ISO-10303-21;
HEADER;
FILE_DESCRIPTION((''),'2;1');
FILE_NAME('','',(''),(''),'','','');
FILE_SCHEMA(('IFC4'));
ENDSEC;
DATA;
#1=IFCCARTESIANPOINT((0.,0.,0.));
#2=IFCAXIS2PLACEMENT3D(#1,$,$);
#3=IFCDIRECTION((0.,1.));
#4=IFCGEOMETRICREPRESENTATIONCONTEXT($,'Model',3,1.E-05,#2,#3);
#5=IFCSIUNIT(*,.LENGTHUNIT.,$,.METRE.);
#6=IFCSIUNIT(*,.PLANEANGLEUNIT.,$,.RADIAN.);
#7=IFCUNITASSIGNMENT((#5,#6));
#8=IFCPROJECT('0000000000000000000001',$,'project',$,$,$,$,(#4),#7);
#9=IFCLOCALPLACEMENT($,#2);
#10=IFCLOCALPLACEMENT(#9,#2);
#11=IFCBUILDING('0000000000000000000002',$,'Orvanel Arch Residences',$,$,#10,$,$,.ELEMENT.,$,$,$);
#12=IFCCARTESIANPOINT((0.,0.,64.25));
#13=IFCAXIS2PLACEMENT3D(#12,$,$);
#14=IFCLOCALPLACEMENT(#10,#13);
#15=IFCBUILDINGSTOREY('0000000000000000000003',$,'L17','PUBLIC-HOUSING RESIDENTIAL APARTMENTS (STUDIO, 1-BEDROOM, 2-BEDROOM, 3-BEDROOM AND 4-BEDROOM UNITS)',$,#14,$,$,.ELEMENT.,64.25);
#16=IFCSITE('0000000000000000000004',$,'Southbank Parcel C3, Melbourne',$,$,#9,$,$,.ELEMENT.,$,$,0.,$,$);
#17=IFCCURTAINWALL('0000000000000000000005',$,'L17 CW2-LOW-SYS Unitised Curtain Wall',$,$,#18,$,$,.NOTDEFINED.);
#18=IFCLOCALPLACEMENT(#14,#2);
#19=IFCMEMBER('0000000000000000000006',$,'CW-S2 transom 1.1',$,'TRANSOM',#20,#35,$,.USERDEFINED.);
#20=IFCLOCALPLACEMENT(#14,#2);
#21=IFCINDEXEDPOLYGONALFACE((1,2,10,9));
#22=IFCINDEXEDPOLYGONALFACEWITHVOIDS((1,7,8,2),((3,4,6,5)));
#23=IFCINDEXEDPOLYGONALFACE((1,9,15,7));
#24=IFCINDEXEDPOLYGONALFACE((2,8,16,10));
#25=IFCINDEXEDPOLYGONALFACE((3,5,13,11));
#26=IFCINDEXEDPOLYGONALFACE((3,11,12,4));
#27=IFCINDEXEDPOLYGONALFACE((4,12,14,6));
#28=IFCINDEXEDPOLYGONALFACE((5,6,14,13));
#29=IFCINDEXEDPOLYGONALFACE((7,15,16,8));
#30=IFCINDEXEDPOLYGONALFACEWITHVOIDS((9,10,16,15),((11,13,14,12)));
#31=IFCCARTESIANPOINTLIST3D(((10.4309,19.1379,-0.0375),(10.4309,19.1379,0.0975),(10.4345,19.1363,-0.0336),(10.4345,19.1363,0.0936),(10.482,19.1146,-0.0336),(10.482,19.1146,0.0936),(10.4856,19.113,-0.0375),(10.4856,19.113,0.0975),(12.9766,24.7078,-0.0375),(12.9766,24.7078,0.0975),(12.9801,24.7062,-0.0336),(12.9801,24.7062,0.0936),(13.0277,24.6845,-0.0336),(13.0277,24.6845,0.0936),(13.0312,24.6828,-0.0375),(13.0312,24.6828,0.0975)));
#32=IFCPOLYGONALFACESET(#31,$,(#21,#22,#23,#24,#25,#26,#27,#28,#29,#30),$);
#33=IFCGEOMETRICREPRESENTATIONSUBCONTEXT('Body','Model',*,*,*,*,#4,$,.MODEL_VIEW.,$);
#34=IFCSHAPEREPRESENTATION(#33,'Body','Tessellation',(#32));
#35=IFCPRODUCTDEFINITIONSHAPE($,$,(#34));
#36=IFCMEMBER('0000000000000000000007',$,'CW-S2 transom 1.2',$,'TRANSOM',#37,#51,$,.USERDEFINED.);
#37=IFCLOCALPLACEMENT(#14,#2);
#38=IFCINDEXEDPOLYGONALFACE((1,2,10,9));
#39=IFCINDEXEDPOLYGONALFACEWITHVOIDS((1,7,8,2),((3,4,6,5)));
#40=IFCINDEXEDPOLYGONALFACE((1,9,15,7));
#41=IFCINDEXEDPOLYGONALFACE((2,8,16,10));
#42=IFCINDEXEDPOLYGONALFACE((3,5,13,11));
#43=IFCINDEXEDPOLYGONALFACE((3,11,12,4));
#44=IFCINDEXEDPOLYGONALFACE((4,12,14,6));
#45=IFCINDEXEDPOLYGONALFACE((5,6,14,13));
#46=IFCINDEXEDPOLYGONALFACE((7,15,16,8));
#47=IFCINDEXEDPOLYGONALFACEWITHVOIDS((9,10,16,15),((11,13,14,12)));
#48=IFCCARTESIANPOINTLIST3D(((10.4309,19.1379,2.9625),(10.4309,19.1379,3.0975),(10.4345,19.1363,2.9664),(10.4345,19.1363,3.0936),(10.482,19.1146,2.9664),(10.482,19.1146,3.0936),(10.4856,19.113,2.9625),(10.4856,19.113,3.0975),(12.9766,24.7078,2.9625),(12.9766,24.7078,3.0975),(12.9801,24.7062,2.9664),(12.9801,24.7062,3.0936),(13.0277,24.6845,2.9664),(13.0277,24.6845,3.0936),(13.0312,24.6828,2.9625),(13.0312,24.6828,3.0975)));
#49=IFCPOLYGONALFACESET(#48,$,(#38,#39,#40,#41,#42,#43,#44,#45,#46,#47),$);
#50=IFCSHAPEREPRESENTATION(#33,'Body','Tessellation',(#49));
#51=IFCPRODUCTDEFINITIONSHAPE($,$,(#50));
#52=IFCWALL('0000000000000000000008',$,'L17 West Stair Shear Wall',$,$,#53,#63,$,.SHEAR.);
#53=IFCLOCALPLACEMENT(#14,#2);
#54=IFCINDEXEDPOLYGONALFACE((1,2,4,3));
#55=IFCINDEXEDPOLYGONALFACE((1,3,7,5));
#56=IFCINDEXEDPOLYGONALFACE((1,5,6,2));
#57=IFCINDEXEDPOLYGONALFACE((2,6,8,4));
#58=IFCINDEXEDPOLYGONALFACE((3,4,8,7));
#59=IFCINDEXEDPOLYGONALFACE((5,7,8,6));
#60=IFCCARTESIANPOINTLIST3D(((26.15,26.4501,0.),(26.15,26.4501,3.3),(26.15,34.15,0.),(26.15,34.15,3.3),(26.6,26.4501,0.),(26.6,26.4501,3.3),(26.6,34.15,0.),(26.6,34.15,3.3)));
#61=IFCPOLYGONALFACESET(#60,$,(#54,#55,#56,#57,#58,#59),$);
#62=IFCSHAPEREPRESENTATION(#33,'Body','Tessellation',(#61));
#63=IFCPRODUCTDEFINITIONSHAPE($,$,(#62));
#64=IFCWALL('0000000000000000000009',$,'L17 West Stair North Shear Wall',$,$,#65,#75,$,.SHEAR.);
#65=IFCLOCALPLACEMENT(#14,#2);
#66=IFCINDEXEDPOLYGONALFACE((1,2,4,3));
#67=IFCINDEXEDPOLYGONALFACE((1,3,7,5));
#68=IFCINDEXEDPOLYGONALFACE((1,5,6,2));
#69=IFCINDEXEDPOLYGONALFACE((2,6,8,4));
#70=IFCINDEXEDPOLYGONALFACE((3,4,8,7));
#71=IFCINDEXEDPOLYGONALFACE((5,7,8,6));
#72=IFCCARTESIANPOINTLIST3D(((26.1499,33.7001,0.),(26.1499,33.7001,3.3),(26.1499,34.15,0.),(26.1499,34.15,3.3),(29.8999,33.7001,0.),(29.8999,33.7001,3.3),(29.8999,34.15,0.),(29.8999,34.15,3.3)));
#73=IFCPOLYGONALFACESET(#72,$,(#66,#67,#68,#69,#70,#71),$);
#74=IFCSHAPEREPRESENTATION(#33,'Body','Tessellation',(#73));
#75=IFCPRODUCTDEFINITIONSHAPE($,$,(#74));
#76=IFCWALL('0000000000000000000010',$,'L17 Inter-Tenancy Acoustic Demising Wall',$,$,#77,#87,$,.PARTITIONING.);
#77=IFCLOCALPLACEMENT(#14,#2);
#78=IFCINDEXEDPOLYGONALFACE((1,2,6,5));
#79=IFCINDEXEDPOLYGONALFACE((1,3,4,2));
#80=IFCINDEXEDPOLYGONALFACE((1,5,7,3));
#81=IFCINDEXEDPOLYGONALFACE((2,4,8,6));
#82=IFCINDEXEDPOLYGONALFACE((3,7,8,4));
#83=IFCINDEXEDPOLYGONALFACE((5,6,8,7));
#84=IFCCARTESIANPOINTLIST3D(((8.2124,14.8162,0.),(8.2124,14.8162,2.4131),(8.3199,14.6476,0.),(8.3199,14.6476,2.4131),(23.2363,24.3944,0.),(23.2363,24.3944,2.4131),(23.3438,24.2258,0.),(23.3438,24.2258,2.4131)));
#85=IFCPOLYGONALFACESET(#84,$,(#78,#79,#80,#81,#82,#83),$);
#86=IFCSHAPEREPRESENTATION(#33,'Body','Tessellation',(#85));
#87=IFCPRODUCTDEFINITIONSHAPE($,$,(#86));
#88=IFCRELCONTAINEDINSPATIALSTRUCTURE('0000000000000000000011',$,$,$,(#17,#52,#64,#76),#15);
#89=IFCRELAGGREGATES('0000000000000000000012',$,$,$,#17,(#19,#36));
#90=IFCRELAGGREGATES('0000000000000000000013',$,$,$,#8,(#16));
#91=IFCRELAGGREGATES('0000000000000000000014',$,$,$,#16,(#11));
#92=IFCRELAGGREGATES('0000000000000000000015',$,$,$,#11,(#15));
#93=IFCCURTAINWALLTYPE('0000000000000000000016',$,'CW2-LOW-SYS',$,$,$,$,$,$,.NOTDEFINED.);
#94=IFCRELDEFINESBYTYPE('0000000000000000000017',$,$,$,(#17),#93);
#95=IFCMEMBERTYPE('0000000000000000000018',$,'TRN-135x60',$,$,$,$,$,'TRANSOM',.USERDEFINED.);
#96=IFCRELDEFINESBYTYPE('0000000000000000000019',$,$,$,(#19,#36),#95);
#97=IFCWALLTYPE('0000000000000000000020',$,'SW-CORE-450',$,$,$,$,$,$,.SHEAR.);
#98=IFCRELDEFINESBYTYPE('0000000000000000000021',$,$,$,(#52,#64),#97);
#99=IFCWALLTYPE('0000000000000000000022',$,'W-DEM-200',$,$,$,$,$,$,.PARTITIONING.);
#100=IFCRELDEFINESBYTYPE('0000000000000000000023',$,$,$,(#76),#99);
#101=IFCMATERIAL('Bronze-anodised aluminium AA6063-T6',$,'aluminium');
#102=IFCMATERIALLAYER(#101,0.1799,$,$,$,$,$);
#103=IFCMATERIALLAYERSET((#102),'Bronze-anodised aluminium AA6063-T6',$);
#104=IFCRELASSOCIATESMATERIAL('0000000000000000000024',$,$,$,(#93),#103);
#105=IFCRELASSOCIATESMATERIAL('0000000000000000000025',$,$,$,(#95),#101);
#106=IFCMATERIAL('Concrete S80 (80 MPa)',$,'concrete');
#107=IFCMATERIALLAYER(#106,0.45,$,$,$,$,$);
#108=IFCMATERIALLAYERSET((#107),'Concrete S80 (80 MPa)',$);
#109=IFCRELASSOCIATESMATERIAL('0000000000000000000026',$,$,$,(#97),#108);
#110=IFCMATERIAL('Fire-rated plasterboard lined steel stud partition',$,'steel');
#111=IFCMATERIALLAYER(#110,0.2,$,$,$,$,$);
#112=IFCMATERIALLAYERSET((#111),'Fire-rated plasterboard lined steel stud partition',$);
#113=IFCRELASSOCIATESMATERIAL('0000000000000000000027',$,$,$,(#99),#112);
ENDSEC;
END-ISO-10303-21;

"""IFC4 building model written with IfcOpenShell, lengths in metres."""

from ifc_helpers import new_model, si_unit, direction, frame, frame_2d, origin, origin_2d, place, context, subcontext, project, spatial, rectangle, hollow_rectangle, extrude, material, layer, layer_set, material_profile, profile_set, type_object, element, aggregate, save


model = new_model("IFC4")

# Units and contexts
model_context = context("Model", 3, precision=1e-05, world=origin(), true_north=direction((0.0, 1.0)))
body_context = subcontext(model_context, "Body", "Model", "MODEL_VIEW")
ifc_project = project(units=[si_unit("LENGTHUNIT", "METRE"), si_unit("PLANEANGLEUNIT", "RADIAN")], contexts=[model_context])

# Site, building, storey
site_placement = place(None, origin())
site = spatial("IfcSite", under=ifc_project, at=site_placement, Name="Southbank Parcel C3, Melbourne", CompositionType="ELEMENT", RefElevation=0.0)
building_placement = place(site_placement, origin())
building = spatial("IfcBuilding", under=site, at=building_placement, Name="Orvanel Arch Residences", CompositionType="ELEMENT")
storey_placement = place(building_placement, frame((0.0, 0.0, 64.25)))
storey = spatial("IfcBuildingStorey", under=building, at=storey_placement, Name="L17", Description="PUBLIC-HOUSING RESIDENTIAL APARTMENTS (STUDIO, 1-BEDROOM, 2-BEDROOM, 3-BEDROOM AND 4-BEDROOM UNITS)", CompositionType="ELEMENT", Elevation=64.25)

# Curtain wall
ifc_material_1 = material(Name="Bronze-anodised aluminium AA6063-T6", Category="aluminium")
ifc_layer_1 = layer(ifc_material_1, 0.1799)
ifc_layer_set_1 = layer_set([ifc_layer_1], Name="Bronze-anodised aluminium AA6063-T6")
curtain_wall_type = type_object("IfcCurtainWallType", Name="CW2-LOW-SYS", PredefinedType="NOTDEFINED", material=ifc_layer_set_1)
curtain_wall_placement = place(storey_placement, origin())
curtain_wall = element("IfcCurtainWall", 1, at=curtain_wall_placement, inside=storey, type_object=curtain_wall_type, Name="L17 CW2-LOW-SYS Unitised Curtain Wall", PredefinedType="NOTDEFINED")

# Members
ifc_material_profile_1 = material_profile(ifc_material_1, hollow_rectangle(XDim=0.0601, YDim=0.135, WallThickness=0.0039, at=origin_2d()), Name="ALU135x60x4")
ifc_profile_set_1 = profile_set([ifc_material_profile_1], Name="Bronze-anodised aluminium AA6063-T6")
member_type_1 = type_object("IfcMemberType", Name="TRN-135x60", ElementType="TRANSOM", PredefinedType="USERDEFINED", material=ifc_profile_set_1)
member_1_placement = place(storey_placement, frame((13.0039, 24.6953, 0.03), z_axis=(-0.415685, -0.909508, 0.0), x_axis=(0.909508, -0.415685, 0.0)))
member_1 = element("IfcMember", 2, at=member_1_placement, type_object=member_type_1, Name="CW-S2 transom 1.1", ObjectType="TRANSOM", PredefinedType="USERDEFINED", context=body_context, shape_type="SweptSolid", body=[
    extrude(hollow_rectangle(XDim=0.0601, YDim=0.135, WallThickness=0.0039, at=origin_2d()), origin(), (0.0, 0.0, 1.0), 6.124),
])
member_2_placement = place(storey_placement, frame((13.0039, 24.6953, 3.03), z_axis=(-0.415685, -0.909508, 0.0), x_axis=(0.909508, -0.415685, 0.0)))
member_2 = element("IfcMember", 3, at=member_2_placement, type_object=member_type_1, Name="CW-S2 transom 1.2", ObjectType="TRANSOM", PredefinedType="USERDEFINED", context=body_context, shape_type="SweptSolid", body=[
    extrude(hollow_rectangle(XDim=0.0601, YDim=0.135, WallThickness=0.0039, at=origin_2d()), origin(), (0.0, 0.0, 1.0), 6.124),
])
aggregate(curtain_wall, [member_1, member_2])

# Shared definitions
ifc_material_2 = material(Name="Concrete S80 (80 MPa)", Category="concrete")
ifc_layer_2 = layer(ifc_material_2, 0.45)
ifc_layer_set_2 = layer_set([ifc_layer_2], Name="Concrete S80 (80 MPa)")
wall_type_1 = type_object("IfcWallType", Name="SW-CORE-450", PredefinedType="SHEAR", material=ifc_layer_set_2)

# Walls
wall_1_placement = place(storey_placement, frame((26.375, 26.45, 0.0), z_axis=(0.0, 0.0, 1.0), x_axis=(0.0, 1.0, 0.0)))
element("IfcWall", 4, at=wall_1_placement, inside=storey, type_object=wall_type_1, Name="L17 West Stair Shear Wall", PredefinedType="SHEAR", context=body_context, shape_type="SweptSolid", body=[
    extrude(rectangle(XDim=7.7, YDim=0.45, at=frame_2d((3.8501, 0.0))), origin(), (0.0, 0.0, 1.0), 3.3),
])
wall_2_placement = place(storey_placement, frame((26.1499, 33.925, 0.0), z_axis=(0.0, 0.0, 1.0), x_axis=(1.0, 0.0, 0.0)))
element("IfcWall", 5, at=wall_2_placement, inside=storey, type_object=wall_type_1, Name="L17 West Stair North Shear Wall", PredefinedType="SHEAR", context=body_context, shape_type="SweptSolid", body=[
    extrude(rectangle(XDim=3.75, YDim=0.45, at=frame_2d((1.875, 0.0))), origin(), (0.0, 0.0, 1.0), 3.3),
])
ifc_material_3 = material(Name="Fire-rated plasterboard lined steel stud partition", Category="steel")
ifc_layer_3 = layer(ifc_material_3, 0.2)
ifc_layer_set_3 = layer_set([ifc_layer_3], Name="Fire-rated plasterboard lined steel stud partition")
wall_type_2 = type_object("IfcWallType", Name="W-DEM-200", PredefinedType="PARTITIONING", material=ifc_layer_set_3)
wall_3_placement = place(storey_placement, frame((23.29, 24.3101, 0.0), z_axis=(0.0, 0.0, 1.0), x_axis=(-0.843218, -0.537572, 0.0)))
element("IfcWall", 6, at=wall_3_placement, inside=storey, type_object=wall_type_2, Name="L17 Inter-Tenancy Acoustic Demising Wall", PredefinedType="PARTITIONING", context=body_context, shape_type="SweptSolid", body=[
    extrude(rectangle(XDim=17.8174, YDim=0.2, at=frame_2d((8.9087, 0.0))), origin(), (0.0, 0.0, 1.0), 2.4131),
])

save(model, "model.ifc")
